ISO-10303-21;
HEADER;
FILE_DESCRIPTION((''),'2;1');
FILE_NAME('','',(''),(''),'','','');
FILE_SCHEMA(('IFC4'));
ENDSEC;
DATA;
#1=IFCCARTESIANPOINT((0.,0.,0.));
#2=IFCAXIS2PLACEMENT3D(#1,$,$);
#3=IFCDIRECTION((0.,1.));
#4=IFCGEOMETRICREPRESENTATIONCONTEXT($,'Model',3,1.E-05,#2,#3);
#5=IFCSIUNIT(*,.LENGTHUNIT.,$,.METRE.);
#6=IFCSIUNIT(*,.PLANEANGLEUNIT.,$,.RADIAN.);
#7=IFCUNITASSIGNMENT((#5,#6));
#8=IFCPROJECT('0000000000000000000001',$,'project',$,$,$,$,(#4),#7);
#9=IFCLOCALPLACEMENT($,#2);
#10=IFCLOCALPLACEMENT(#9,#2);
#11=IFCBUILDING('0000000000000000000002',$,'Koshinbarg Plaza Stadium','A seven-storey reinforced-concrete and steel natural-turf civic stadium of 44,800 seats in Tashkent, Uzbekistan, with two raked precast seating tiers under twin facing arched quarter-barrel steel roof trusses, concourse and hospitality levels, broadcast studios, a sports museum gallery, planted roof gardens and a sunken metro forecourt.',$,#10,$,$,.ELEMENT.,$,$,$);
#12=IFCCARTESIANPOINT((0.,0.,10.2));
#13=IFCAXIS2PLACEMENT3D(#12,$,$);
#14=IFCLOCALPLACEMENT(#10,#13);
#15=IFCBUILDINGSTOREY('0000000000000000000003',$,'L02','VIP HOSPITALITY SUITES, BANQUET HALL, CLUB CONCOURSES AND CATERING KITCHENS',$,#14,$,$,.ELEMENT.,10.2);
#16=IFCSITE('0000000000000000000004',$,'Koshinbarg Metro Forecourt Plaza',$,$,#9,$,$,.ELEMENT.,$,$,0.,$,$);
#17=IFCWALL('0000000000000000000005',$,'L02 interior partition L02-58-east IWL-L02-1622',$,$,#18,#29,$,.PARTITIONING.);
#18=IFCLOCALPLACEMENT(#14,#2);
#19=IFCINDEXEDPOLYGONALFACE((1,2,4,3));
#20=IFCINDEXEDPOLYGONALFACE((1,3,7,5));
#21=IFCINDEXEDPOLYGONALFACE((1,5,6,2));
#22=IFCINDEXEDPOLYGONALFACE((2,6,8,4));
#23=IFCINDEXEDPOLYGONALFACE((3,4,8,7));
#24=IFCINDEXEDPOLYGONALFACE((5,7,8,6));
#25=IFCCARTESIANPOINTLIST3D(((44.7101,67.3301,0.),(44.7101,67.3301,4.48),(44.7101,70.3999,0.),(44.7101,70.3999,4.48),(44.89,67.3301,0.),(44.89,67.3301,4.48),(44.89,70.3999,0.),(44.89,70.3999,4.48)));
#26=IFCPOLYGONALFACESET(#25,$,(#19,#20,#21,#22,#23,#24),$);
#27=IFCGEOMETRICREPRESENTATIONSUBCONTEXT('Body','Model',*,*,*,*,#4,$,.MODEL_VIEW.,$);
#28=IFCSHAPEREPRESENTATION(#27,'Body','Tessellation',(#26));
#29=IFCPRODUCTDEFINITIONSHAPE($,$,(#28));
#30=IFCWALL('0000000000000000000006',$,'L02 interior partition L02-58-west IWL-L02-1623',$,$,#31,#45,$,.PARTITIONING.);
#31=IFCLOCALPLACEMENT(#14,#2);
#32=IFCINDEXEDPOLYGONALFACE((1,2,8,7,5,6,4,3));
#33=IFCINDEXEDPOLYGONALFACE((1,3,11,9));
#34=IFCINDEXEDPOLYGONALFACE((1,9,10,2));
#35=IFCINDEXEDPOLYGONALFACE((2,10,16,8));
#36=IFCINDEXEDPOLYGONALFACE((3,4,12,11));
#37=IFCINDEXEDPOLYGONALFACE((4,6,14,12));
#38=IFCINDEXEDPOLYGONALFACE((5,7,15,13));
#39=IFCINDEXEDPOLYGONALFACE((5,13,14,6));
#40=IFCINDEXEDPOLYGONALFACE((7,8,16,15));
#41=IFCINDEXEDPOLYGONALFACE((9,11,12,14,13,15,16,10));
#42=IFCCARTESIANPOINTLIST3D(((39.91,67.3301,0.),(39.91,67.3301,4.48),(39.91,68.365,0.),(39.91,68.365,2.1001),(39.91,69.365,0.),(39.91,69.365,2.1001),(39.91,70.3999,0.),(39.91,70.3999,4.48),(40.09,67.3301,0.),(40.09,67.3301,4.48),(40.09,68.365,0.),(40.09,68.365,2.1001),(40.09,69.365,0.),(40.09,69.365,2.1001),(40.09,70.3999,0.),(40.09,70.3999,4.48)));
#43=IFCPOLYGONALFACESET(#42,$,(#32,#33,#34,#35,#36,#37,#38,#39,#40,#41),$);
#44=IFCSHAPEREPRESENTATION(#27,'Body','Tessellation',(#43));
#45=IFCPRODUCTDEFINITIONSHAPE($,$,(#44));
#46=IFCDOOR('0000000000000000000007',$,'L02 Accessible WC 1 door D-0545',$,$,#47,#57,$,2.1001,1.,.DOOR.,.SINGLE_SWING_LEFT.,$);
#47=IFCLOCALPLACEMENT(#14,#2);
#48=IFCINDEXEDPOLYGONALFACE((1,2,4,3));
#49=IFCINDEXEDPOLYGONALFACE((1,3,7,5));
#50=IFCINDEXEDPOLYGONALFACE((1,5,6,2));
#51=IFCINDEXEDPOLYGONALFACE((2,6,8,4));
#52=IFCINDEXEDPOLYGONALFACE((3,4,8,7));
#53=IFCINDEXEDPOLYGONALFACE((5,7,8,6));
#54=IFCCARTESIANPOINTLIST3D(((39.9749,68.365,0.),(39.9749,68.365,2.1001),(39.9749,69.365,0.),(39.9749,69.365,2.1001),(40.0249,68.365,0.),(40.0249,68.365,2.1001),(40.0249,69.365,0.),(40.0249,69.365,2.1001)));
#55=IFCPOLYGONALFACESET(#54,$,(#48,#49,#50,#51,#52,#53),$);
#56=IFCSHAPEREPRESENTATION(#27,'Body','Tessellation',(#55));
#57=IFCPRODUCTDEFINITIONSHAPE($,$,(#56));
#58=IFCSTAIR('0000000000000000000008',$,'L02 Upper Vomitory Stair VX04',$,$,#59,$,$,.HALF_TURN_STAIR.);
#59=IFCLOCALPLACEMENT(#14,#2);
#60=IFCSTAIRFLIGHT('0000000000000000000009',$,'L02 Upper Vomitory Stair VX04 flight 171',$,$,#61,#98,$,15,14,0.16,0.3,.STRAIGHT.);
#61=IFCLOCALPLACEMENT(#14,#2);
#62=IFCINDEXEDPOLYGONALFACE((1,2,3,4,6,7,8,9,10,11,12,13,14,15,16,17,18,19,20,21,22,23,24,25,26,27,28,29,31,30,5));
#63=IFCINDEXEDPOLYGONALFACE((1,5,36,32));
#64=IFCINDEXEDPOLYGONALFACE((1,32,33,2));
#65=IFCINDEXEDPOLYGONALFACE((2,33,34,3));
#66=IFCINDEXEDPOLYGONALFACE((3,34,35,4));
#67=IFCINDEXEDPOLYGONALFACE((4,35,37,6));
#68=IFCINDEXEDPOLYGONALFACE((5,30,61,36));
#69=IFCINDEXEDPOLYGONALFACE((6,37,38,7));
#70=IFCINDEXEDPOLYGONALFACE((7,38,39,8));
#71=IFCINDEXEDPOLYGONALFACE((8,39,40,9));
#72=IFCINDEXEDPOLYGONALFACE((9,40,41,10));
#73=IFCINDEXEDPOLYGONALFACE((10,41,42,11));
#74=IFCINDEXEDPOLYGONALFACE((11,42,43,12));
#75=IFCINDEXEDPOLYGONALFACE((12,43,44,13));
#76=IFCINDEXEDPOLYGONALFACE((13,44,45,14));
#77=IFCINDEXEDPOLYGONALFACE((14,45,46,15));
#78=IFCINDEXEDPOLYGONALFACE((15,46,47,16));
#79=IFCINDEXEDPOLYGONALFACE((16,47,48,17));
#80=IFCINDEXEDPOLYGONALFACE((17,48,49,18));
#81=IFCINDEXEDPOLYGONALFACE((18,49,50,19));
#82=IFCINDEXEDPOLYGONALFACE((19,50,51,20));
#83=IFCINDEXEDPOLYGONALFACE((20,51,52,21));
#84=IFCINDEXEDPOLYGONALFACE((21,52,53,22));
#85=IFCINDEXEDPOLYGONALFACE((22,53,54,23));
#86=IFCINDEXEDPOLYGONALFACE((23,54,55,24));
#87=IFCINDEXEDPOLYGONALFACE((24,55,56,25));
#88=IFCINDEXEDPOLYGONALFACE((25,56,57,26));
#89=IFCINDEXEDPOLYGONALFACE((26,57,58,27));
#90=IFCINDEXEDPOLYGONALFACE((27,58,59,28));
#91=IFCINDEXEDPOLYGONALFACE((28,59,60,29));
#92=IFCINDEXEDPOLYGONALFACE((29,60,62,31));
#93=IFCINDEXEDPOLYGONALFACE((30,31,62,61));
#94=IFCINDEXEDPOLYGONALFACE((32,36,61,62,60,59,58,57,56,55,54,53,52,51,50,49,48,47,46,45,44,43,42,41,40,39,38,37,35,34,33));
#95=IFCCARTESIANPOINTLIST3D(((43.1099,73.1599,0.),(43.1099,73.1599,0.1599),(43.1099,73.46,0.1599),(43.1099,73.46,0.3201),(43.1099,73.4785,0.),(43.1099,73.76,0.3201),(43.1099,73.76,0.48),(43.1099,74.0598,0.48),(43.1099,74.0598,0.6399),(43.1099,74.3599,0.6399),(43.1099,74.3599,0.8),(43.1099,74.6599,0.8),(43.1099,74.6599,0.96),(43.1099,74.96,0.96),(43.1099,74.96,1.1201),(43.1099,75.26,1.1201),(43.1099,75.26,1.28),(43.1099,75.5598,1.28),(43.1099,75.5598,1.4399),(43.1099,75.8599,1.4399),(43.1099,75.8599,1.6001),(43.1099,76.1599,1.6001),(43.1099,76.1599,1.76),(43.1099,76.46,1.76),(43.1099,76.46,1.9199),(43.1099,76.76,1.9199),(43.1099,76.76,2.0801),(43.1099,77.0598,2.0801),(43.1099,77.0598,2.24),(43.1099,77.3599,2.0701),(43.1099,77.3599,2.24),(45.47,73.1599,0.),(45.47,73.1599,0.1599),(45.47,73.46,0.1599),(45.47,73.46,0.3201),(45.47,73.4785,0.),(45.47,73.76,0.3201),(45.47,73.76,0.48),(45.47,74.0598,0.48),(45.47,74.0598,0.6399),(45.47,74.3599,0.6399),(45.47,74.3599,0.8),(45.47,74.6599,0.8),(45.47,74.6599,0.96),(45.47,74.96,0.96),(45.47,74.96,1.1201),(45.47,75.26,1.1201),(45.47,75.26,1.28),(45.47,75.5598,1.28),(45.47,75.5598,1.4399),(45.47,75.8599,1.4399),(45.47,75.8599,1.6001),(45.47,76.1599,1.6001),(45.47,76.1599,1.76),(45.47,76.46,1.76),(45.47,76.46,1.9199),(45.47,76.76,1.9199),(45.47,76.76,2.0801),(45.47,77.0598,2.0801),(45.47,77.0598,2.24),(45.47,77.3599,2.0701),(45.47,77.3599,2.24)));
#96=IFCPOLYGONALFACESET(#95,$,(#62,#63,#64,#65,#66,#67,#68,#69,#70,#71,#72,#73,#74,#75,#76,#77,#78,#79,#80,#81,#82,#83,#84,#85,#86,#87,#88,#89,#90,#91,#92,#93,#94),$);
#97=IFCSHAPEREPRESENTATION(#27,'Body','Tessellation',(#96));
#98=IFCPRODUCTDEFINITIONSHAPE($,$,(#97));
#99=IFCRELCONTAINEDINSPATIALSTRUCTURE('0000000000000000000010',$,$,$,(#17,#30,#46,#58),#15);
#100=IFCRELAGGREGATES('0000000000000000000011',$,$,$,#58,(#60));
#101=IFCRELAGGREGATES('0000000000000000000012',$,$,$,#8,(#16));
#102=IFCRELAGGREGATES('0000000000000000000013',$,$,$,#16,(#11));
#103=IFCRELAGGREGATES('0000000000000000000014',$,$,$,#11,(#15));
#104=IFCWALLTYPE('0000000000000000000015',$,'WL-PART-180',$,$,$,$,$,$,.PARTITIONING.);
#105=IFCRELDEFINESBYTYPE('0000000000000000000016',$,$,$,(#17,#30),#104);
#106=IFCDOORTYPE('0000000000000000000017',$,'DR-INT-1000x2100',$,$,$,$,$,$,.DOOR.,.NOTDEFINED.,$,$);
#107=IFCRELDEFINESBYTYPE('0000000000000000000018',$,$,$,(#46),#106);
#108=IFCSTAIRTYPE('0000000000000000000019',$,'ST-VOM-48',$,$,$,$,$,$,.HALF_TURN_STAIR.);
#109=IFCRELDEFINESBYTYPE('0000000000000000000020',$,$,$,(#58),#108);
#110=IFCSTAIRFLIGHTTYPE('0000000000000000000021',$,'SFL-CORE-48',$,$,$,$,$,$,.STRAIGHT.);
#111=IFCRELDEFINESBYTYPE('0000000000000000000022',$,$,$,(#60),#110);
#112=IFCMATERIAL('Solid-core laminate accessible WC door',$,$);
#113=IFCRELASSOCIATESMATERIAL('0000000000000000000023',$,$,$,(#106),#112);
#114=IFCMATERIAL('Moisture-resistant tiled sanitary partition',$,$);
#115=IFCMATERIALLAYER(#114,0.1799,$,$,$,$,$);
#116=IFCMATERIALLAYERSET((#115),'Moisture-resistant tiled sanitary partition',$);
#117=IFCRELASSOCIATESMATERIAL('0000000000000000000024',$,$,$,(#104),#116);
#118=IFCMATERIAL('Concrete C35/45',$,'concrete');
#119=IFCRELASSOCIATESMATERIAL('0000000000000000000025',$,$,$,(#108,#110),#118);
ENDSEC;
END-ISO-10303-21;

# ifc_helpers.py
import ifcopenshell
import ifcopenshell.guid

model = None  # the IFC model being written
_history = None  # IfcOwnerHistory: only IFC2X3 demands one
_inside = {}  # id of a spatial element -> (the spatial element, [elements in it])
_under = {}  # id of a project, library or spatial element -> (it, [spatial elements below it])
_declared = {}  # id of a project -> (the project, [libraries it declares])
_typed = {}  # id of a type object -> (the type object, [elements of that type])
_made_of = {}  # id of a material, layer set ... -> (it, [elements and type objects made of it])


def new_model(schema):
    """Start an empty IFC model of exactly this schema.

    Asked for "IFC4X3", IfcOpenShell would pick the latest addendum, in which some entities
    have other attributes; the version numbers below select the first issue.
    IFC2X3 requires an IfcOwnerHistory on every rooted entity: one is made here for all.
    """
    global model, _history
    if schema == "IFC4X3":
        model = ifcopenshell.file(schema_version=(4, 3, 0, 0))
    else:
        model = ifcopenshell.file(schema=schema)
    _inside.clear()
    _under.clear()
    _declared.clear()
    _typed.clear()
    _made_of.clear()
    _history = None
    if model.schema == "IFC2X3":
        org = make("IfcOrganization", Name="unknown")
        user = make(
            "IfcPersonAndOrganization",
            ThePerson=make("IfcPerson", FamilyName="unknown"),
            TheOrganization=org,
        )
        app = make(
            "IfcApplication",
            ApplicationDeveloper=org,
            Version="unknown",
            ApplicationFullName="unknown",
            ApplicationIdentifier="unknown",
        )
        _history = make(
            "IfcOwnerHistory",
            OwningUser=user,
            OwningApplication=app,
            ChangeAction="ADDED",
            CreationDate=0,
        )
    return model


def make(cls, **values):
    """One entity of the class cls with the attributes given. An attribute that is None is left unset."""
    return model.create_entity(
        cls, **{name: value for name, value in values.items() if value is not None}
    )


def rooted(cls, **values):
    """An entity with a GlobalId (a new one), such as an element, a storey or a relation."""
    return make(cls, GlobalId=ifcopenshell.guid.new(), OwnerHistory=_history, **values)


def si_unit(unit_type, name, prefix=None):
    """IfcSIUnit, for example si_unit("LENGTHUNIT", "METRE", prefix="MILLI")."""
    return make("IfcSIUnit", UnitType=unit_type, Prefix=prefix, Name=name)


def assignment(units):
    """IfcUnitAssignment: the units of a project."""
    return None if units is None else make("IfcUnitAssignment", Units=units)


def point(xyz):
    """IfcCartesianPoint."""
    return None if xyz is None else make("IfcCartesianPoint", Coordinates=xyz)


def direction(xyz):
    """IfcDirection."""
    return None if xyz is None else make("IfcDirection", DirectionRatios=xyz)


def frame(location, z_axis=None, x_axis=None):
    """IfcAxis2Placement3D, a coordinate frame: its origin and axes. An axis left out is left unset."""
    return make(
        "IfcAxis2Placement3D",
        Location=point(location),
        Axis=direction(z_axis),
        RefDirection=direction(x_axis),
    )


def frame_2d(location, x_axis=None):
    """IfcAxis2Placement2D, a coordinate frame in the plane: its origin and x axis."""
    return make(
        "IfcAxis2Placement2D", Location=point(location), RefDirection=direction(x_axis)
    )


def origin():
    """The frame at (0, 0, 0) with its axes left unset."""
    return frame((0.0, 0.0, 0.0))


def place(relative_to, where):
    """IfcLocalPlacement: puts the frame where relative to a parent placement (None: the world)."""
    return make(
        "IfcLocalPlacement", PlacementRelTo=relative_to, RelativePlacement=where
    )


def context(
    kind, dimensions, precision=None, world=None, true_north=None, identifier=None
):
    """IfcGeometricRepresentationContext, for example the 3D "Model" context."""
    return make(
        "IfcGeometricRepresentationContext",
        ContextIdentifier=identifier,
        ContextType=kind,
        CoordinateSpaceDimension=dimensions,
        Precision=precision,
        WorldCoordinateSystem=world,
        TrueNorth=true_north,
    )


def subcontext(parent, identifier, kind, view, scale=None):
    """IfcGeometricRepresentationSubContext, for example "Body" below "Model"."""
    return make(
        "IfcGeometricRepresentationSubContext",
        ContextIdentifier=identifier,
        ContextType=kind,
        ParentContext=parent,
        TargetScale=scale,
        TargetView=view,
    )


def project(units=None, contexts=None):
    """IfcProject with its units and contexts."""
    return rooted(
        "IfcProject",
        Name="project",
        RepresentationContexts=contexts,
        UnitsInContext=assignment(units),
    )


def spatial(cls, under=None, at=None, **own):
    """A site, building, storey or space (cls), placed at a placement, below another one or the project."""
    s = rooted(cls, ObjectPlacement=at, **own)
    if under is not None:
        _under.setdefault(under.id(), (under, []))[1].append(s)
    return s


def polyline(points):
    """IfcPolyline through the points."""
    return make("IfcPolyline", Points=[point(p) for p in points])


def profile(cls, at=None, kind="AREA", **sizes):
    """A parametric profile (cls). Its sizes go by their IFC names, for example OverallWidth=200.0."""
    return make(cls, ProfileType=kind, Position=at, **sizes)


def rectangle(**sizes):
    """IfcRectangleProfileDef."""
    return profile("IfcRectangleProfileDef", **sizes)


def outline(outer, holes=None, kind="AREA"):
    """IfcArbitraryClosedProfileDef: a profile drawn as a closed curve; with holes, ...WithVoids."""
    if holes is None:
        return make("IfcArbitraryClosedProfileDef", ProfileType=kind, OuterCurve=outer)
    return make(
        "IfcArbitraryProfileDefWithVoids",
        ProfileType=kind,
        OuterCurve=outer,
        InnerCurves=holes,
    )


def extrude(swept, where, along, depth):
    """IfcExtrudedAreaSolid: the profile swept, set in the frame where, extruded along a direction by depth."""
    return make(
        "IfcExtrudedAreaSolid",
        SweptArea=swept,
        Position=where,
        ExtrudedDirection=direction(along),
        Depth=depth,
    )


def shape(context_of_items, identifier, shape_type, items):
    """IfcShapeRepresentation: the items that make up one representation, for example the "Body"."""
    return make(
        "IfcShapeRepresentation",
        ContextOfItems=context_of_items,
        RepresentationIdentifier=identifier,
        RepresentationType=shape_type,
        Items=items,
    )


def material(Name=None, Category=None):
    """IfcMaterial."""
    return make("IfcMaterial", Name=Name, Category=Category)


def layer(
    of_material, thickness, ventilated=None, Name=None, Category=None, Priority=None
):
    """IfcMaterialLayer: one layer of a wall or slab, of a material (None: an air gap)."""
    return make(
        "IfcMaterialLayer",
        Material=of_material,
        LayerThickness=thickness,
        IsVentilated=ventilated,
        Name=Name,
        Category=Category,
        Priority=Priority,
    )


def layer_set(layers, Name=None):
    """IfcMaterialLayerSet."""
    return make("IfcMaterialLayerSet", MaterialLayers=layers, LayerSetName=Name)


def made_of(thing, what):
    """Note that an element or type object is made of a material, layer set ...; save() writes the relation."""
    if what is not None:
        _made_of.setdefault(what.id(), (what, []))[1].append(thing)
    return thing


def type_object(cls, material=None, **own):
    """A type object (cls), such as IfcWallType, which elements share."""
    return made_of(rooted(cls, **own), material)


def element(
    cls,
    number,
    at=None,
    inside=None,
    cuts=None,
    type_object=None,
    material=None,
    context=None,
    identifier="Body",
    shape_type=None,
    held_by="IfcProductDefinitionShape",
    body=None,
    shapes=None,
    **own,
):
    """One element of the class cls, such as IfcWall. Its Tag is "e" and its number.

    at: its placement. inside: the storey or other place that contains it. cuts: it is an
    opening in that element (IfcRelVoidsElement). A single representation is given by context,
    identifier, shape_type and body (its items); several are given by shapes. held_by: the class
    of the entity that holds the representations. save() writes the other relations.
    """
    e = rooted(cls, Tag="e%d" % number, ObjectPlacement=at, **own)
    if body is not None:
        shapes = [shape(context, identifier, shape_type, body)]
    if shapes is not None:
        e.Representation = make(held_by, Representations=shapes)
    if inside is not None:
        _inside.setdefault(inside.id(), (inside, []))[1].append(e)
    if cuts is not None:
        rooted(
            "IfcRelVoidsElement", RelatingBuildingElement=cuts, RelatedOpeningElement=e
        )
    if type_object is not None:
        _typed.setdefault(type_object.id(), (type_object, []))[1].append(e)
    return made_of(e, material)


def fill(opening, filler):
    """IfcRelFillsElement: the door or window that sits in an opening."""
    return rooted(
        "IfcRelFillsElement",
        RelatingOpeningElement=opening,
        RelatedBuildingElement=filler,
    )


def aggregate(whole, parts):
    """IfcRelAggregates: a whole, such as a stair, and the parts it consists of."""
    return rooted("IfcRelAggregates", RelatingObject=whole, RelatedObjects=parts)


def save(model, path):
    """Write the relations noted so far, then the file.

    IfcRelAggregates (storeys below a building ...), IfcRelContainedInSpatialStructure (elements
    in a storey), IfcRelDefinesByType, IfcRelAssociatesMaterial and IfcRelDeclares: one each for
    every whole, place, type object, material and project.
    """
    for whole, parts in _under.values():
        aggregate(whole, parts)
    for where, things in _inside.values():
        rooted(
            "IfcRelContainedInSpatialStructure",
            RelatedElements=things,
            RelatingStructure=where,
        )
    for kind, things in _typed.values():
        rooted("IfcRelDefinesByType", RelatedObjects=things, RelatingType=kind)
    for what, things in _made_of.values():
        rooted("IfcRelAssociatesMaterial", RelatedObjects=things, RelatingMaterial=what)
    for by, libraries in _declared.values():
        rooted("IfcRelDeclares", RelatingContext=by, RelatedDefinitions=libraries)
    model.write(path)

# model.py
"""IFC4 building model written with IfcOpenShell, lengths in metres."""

from ifc_helpers import new_model, si_unit, direction, frame, frame_2d, origin, place, context, subcontext, project, spatial, polyline, rectangle, outline, extrude, material, layer, layer_set, type_object, element, fill, aggregate, save


model = new_model("IFC4")

# Units and contexts
model_context = context("Model", 3, precision=1e-05, world=origin(), true_north=direction((0.0, 1.0)))
body_context = subcontext(model_context, "Body", "Model", "MODEL_VIEW")
ifc_project = project(units=[si_unit("LENGTHUNIT", "METRE"), si_unit("PLANEANGLEUNIT", "RADIAN")], contexts=[model_context])

# Site, building, storey
site_placement = place(None, origin())
site = spatial("IfcSite", under=ifc_project, at=site_placement, Name="Koshinbarg Metro Forecourt Plaza", CompositionType="ELEMENT", RefElevation=0.0)
building_placement = place(site_placement, origin())
building = spatial("IfcBuilding", under=site, at=building_placement, Name="Koshinbarg Plaza Stadium", Description="A seven-storey reinforced-concrete and steel natural-turf civic stadium of 44,800 seats in Tashkent, Uzbekistan, with two raked precast seating tiers under twin facing arched quarter-barrel steel roof trusses, concourse and hospitality levels, broadcast studios, a sports museum gallery, planted roof gardens and a sunken metro forecourt.", CompositionType="ELEMENT")
storey_placement = place(building_placement, frame((0.0, 0.0, 10.2)))
storey = spatial("IfcBuildingStorey", under=building, at=storey_placement, Name="L02", Description="VIP HOSPITALITY SUITES, BANQUET HALL, CLUB CONCOURSES AND CATERING KITCHENS", CompositionType="ELEMENT", Elevation=10.2)

# Shared definitions
ifc_material_1 = material(Name="Solid-core laminate accessible WC door")
door_type_1 = type_object("IfcDoorType", Name="DR-INT-1000x2100", OperationType="NOTDEFINED", PredefinedType="DOOR", material=ifc_material_1)

# Wall
ifc_material_2 = material(Name="Moisture-resistant tiled sanitary partition")
ifc_layer_1 = layer(ifc_material_2, 0.1799)
ifc_layer_set_1 = layer_set([ifc_layer_1], Name="Moisture-resistant tiled sanitary partition")
wall_type_1 = type_object("IfcWallType", Name="WL-PART-180", PredefinedType="PARTITIONING", material=ifc_layer_set_1)
wall_1_placement = place(storey_placement, frame((44.8, 67.3301, 0.0), z_axis=(0.0, 0.0, 1.0), x_axis=(0.0, 1.0, 0.0)))
element("IfcWall", 1, at=wall_1_placement, inside=storey, type_object=wall_type_1, Name="L02 interior partition L02-58-east IWL-L02-1622", PredefinedType="PARTITIONING", context=body_context, shape_type="SweptSolid", body=[
    extrude(rectangle(XDim=3.0698, YDim=0.1799, at=frame_2d((1.5349, 0.0))), origin(), (0.0, 0.0, 1.0), 4.48),
])

# Wall, opening, door
wall_2_placement = place(storey_placement, frame((40.0, 70.3999, 0.0), z_axis=(0.0, 0.0, 1.0), x_axis=(0.0, -1.0, 0.0)))
wall_2 = element("IfcWall", 2, at=wall_2_placement, inside=storey, type_object=wall_type_1, Name="L02 interior partition L02-58-west IWL-L02-1623", PredefinedType="PARTITIONING", context=body_context, shape_type="SweptSolid", body=[
    extrude(rectangle(XDim=3.0698, YDim=0.1799, at=frame_2d((1.5349, 0.0))), origin(), (0.0, 0.0, 1.0), 4.48),
])
opening_1_placement = place(wall_2_placement, frame((1.0349, 0.0, 0.0)))
opening_1 = element("IfcOpeningElement", 3, at=opening_1_placement, cuts=wall_2, PredefinedType="OPENING", context=body_context, shape_type="SweptSolid", body=[
    extrude(rectangle(XDim=1.0, YDim=2.1001, at=frame_2d((0.5, 1.05))), frame((0.0, 0.0999, 0.0), z_axis=(0.0, -1.0, 0.0), x_axis=(1.0, 0.0, 0.0)), (0.0, 0.0, 1.0), 0.2),
])
door_1_placement = place(opening_1_placement, origin())
door_1 = element("IfcDoor", 4, at=door_1_placement, inside=storey, type_object=door_type_1, Name="L02 Accessible WC 1 door D-0545", OperationType="SINGLE_SWING_LEFT", OverallHeight=2.1001, OverallWidth=1.0, PredefinedType="DOOR", context=body_context, shape_type="SweptSolid", body=[
    extrude(rectangle(XDim=1.0, YDim=2.1001, at=frame_2d((0.5, 1.05))), frame((0.0, 0.0249, 0.0), z_axis=(0.0, -1.0, 0.0), x_axis=(1.0, 0.0, 0.0)), (0.0, 0.0, 1.0), 0.05),
])
fill(opening_1, door_1)

# Stair, stair flight
ifc_material_3 = material(Name="Concrete C35/45", Category="concrete")
stair_type = type_object("IfcStairType", Name="ST-VOM-48", PredefinedType="HALF_TURN_STAIR", material=ifc_material_3)
stair_placement = place(storey_placement, origin())
stair = element("IfcStair", 5, at=stair_placement, inside=storey, type_object=stair_type, Name="L02 Upper Vomitory Stair VX04", PredefinedType="HALF_TURN_STAIR")
stair_flight_type = type_object("IfcStairFlightType", Name="SFL-CORE-48", PredefinedType="STRAIGHT", material=ifc_material_3)
stair_flight_placement = place(storey_placement, frame((44.29, 73.1599, 0.0), z_axis=(0.0, 0.0, 1.0), x_axis=(0.0, 1.0, 0.0)))
stair_flight = element("IfcStairFlight", 6, at=stair_flight_placement, type_object=stair_flight_type, Name="L02 Upper Vomitory Stair VX04 flight 171", NumberOfRisers=15, NumberOfTreads=14, PredefinedType="STRAIGHT", RiserHeight=0.16, TreadLength=0.3, context=body_context, shape_type="SweptSolid", body=[
    extrude(outline(polyline([(0.0, 0.0), (0.0, 0.1599), (0.3, 0.1599), (0.3, 0.3201), (0.6001, 0.3201), (0.6001, 0.48), (0.8999, 0.48), (0.8999, 0.6399), (1.2, 0.6399), (1.2, 0.8), (1.5, 0.8), (1.5, 0.96), (1.8, 0.96), (1.8, 1.1201), (2.1001, 1.1201), (2.1001, 1.28), (2.3999, 1.28), (2.3999, 1.4399), (2.7, 1.4399), (2.7, 1.6001), (3.0, 1.6001), (3.0, 1.76), (3.3, 1.76), (3.3, 1.9199), (3.6001, 1.9199), (3.6001, 2.0801), (3.8999, 2.0801), (3.8999, 2.24), (4.2, 2.24), (4.2, 2.3999), (4.2, 2.0701), (0.3186, 0.0), (0.0, 0.0)])), frame((0.0, 1.1802, 0.0), z_axis=(0.0, -1.0, 0.0), x_axis=(1.0, 0.0, 0.0)), (0.0, 0.0, 1.0), 2.3601),
])
aggregate(stair, [stair_flight])

save(model, "model.ifc")
